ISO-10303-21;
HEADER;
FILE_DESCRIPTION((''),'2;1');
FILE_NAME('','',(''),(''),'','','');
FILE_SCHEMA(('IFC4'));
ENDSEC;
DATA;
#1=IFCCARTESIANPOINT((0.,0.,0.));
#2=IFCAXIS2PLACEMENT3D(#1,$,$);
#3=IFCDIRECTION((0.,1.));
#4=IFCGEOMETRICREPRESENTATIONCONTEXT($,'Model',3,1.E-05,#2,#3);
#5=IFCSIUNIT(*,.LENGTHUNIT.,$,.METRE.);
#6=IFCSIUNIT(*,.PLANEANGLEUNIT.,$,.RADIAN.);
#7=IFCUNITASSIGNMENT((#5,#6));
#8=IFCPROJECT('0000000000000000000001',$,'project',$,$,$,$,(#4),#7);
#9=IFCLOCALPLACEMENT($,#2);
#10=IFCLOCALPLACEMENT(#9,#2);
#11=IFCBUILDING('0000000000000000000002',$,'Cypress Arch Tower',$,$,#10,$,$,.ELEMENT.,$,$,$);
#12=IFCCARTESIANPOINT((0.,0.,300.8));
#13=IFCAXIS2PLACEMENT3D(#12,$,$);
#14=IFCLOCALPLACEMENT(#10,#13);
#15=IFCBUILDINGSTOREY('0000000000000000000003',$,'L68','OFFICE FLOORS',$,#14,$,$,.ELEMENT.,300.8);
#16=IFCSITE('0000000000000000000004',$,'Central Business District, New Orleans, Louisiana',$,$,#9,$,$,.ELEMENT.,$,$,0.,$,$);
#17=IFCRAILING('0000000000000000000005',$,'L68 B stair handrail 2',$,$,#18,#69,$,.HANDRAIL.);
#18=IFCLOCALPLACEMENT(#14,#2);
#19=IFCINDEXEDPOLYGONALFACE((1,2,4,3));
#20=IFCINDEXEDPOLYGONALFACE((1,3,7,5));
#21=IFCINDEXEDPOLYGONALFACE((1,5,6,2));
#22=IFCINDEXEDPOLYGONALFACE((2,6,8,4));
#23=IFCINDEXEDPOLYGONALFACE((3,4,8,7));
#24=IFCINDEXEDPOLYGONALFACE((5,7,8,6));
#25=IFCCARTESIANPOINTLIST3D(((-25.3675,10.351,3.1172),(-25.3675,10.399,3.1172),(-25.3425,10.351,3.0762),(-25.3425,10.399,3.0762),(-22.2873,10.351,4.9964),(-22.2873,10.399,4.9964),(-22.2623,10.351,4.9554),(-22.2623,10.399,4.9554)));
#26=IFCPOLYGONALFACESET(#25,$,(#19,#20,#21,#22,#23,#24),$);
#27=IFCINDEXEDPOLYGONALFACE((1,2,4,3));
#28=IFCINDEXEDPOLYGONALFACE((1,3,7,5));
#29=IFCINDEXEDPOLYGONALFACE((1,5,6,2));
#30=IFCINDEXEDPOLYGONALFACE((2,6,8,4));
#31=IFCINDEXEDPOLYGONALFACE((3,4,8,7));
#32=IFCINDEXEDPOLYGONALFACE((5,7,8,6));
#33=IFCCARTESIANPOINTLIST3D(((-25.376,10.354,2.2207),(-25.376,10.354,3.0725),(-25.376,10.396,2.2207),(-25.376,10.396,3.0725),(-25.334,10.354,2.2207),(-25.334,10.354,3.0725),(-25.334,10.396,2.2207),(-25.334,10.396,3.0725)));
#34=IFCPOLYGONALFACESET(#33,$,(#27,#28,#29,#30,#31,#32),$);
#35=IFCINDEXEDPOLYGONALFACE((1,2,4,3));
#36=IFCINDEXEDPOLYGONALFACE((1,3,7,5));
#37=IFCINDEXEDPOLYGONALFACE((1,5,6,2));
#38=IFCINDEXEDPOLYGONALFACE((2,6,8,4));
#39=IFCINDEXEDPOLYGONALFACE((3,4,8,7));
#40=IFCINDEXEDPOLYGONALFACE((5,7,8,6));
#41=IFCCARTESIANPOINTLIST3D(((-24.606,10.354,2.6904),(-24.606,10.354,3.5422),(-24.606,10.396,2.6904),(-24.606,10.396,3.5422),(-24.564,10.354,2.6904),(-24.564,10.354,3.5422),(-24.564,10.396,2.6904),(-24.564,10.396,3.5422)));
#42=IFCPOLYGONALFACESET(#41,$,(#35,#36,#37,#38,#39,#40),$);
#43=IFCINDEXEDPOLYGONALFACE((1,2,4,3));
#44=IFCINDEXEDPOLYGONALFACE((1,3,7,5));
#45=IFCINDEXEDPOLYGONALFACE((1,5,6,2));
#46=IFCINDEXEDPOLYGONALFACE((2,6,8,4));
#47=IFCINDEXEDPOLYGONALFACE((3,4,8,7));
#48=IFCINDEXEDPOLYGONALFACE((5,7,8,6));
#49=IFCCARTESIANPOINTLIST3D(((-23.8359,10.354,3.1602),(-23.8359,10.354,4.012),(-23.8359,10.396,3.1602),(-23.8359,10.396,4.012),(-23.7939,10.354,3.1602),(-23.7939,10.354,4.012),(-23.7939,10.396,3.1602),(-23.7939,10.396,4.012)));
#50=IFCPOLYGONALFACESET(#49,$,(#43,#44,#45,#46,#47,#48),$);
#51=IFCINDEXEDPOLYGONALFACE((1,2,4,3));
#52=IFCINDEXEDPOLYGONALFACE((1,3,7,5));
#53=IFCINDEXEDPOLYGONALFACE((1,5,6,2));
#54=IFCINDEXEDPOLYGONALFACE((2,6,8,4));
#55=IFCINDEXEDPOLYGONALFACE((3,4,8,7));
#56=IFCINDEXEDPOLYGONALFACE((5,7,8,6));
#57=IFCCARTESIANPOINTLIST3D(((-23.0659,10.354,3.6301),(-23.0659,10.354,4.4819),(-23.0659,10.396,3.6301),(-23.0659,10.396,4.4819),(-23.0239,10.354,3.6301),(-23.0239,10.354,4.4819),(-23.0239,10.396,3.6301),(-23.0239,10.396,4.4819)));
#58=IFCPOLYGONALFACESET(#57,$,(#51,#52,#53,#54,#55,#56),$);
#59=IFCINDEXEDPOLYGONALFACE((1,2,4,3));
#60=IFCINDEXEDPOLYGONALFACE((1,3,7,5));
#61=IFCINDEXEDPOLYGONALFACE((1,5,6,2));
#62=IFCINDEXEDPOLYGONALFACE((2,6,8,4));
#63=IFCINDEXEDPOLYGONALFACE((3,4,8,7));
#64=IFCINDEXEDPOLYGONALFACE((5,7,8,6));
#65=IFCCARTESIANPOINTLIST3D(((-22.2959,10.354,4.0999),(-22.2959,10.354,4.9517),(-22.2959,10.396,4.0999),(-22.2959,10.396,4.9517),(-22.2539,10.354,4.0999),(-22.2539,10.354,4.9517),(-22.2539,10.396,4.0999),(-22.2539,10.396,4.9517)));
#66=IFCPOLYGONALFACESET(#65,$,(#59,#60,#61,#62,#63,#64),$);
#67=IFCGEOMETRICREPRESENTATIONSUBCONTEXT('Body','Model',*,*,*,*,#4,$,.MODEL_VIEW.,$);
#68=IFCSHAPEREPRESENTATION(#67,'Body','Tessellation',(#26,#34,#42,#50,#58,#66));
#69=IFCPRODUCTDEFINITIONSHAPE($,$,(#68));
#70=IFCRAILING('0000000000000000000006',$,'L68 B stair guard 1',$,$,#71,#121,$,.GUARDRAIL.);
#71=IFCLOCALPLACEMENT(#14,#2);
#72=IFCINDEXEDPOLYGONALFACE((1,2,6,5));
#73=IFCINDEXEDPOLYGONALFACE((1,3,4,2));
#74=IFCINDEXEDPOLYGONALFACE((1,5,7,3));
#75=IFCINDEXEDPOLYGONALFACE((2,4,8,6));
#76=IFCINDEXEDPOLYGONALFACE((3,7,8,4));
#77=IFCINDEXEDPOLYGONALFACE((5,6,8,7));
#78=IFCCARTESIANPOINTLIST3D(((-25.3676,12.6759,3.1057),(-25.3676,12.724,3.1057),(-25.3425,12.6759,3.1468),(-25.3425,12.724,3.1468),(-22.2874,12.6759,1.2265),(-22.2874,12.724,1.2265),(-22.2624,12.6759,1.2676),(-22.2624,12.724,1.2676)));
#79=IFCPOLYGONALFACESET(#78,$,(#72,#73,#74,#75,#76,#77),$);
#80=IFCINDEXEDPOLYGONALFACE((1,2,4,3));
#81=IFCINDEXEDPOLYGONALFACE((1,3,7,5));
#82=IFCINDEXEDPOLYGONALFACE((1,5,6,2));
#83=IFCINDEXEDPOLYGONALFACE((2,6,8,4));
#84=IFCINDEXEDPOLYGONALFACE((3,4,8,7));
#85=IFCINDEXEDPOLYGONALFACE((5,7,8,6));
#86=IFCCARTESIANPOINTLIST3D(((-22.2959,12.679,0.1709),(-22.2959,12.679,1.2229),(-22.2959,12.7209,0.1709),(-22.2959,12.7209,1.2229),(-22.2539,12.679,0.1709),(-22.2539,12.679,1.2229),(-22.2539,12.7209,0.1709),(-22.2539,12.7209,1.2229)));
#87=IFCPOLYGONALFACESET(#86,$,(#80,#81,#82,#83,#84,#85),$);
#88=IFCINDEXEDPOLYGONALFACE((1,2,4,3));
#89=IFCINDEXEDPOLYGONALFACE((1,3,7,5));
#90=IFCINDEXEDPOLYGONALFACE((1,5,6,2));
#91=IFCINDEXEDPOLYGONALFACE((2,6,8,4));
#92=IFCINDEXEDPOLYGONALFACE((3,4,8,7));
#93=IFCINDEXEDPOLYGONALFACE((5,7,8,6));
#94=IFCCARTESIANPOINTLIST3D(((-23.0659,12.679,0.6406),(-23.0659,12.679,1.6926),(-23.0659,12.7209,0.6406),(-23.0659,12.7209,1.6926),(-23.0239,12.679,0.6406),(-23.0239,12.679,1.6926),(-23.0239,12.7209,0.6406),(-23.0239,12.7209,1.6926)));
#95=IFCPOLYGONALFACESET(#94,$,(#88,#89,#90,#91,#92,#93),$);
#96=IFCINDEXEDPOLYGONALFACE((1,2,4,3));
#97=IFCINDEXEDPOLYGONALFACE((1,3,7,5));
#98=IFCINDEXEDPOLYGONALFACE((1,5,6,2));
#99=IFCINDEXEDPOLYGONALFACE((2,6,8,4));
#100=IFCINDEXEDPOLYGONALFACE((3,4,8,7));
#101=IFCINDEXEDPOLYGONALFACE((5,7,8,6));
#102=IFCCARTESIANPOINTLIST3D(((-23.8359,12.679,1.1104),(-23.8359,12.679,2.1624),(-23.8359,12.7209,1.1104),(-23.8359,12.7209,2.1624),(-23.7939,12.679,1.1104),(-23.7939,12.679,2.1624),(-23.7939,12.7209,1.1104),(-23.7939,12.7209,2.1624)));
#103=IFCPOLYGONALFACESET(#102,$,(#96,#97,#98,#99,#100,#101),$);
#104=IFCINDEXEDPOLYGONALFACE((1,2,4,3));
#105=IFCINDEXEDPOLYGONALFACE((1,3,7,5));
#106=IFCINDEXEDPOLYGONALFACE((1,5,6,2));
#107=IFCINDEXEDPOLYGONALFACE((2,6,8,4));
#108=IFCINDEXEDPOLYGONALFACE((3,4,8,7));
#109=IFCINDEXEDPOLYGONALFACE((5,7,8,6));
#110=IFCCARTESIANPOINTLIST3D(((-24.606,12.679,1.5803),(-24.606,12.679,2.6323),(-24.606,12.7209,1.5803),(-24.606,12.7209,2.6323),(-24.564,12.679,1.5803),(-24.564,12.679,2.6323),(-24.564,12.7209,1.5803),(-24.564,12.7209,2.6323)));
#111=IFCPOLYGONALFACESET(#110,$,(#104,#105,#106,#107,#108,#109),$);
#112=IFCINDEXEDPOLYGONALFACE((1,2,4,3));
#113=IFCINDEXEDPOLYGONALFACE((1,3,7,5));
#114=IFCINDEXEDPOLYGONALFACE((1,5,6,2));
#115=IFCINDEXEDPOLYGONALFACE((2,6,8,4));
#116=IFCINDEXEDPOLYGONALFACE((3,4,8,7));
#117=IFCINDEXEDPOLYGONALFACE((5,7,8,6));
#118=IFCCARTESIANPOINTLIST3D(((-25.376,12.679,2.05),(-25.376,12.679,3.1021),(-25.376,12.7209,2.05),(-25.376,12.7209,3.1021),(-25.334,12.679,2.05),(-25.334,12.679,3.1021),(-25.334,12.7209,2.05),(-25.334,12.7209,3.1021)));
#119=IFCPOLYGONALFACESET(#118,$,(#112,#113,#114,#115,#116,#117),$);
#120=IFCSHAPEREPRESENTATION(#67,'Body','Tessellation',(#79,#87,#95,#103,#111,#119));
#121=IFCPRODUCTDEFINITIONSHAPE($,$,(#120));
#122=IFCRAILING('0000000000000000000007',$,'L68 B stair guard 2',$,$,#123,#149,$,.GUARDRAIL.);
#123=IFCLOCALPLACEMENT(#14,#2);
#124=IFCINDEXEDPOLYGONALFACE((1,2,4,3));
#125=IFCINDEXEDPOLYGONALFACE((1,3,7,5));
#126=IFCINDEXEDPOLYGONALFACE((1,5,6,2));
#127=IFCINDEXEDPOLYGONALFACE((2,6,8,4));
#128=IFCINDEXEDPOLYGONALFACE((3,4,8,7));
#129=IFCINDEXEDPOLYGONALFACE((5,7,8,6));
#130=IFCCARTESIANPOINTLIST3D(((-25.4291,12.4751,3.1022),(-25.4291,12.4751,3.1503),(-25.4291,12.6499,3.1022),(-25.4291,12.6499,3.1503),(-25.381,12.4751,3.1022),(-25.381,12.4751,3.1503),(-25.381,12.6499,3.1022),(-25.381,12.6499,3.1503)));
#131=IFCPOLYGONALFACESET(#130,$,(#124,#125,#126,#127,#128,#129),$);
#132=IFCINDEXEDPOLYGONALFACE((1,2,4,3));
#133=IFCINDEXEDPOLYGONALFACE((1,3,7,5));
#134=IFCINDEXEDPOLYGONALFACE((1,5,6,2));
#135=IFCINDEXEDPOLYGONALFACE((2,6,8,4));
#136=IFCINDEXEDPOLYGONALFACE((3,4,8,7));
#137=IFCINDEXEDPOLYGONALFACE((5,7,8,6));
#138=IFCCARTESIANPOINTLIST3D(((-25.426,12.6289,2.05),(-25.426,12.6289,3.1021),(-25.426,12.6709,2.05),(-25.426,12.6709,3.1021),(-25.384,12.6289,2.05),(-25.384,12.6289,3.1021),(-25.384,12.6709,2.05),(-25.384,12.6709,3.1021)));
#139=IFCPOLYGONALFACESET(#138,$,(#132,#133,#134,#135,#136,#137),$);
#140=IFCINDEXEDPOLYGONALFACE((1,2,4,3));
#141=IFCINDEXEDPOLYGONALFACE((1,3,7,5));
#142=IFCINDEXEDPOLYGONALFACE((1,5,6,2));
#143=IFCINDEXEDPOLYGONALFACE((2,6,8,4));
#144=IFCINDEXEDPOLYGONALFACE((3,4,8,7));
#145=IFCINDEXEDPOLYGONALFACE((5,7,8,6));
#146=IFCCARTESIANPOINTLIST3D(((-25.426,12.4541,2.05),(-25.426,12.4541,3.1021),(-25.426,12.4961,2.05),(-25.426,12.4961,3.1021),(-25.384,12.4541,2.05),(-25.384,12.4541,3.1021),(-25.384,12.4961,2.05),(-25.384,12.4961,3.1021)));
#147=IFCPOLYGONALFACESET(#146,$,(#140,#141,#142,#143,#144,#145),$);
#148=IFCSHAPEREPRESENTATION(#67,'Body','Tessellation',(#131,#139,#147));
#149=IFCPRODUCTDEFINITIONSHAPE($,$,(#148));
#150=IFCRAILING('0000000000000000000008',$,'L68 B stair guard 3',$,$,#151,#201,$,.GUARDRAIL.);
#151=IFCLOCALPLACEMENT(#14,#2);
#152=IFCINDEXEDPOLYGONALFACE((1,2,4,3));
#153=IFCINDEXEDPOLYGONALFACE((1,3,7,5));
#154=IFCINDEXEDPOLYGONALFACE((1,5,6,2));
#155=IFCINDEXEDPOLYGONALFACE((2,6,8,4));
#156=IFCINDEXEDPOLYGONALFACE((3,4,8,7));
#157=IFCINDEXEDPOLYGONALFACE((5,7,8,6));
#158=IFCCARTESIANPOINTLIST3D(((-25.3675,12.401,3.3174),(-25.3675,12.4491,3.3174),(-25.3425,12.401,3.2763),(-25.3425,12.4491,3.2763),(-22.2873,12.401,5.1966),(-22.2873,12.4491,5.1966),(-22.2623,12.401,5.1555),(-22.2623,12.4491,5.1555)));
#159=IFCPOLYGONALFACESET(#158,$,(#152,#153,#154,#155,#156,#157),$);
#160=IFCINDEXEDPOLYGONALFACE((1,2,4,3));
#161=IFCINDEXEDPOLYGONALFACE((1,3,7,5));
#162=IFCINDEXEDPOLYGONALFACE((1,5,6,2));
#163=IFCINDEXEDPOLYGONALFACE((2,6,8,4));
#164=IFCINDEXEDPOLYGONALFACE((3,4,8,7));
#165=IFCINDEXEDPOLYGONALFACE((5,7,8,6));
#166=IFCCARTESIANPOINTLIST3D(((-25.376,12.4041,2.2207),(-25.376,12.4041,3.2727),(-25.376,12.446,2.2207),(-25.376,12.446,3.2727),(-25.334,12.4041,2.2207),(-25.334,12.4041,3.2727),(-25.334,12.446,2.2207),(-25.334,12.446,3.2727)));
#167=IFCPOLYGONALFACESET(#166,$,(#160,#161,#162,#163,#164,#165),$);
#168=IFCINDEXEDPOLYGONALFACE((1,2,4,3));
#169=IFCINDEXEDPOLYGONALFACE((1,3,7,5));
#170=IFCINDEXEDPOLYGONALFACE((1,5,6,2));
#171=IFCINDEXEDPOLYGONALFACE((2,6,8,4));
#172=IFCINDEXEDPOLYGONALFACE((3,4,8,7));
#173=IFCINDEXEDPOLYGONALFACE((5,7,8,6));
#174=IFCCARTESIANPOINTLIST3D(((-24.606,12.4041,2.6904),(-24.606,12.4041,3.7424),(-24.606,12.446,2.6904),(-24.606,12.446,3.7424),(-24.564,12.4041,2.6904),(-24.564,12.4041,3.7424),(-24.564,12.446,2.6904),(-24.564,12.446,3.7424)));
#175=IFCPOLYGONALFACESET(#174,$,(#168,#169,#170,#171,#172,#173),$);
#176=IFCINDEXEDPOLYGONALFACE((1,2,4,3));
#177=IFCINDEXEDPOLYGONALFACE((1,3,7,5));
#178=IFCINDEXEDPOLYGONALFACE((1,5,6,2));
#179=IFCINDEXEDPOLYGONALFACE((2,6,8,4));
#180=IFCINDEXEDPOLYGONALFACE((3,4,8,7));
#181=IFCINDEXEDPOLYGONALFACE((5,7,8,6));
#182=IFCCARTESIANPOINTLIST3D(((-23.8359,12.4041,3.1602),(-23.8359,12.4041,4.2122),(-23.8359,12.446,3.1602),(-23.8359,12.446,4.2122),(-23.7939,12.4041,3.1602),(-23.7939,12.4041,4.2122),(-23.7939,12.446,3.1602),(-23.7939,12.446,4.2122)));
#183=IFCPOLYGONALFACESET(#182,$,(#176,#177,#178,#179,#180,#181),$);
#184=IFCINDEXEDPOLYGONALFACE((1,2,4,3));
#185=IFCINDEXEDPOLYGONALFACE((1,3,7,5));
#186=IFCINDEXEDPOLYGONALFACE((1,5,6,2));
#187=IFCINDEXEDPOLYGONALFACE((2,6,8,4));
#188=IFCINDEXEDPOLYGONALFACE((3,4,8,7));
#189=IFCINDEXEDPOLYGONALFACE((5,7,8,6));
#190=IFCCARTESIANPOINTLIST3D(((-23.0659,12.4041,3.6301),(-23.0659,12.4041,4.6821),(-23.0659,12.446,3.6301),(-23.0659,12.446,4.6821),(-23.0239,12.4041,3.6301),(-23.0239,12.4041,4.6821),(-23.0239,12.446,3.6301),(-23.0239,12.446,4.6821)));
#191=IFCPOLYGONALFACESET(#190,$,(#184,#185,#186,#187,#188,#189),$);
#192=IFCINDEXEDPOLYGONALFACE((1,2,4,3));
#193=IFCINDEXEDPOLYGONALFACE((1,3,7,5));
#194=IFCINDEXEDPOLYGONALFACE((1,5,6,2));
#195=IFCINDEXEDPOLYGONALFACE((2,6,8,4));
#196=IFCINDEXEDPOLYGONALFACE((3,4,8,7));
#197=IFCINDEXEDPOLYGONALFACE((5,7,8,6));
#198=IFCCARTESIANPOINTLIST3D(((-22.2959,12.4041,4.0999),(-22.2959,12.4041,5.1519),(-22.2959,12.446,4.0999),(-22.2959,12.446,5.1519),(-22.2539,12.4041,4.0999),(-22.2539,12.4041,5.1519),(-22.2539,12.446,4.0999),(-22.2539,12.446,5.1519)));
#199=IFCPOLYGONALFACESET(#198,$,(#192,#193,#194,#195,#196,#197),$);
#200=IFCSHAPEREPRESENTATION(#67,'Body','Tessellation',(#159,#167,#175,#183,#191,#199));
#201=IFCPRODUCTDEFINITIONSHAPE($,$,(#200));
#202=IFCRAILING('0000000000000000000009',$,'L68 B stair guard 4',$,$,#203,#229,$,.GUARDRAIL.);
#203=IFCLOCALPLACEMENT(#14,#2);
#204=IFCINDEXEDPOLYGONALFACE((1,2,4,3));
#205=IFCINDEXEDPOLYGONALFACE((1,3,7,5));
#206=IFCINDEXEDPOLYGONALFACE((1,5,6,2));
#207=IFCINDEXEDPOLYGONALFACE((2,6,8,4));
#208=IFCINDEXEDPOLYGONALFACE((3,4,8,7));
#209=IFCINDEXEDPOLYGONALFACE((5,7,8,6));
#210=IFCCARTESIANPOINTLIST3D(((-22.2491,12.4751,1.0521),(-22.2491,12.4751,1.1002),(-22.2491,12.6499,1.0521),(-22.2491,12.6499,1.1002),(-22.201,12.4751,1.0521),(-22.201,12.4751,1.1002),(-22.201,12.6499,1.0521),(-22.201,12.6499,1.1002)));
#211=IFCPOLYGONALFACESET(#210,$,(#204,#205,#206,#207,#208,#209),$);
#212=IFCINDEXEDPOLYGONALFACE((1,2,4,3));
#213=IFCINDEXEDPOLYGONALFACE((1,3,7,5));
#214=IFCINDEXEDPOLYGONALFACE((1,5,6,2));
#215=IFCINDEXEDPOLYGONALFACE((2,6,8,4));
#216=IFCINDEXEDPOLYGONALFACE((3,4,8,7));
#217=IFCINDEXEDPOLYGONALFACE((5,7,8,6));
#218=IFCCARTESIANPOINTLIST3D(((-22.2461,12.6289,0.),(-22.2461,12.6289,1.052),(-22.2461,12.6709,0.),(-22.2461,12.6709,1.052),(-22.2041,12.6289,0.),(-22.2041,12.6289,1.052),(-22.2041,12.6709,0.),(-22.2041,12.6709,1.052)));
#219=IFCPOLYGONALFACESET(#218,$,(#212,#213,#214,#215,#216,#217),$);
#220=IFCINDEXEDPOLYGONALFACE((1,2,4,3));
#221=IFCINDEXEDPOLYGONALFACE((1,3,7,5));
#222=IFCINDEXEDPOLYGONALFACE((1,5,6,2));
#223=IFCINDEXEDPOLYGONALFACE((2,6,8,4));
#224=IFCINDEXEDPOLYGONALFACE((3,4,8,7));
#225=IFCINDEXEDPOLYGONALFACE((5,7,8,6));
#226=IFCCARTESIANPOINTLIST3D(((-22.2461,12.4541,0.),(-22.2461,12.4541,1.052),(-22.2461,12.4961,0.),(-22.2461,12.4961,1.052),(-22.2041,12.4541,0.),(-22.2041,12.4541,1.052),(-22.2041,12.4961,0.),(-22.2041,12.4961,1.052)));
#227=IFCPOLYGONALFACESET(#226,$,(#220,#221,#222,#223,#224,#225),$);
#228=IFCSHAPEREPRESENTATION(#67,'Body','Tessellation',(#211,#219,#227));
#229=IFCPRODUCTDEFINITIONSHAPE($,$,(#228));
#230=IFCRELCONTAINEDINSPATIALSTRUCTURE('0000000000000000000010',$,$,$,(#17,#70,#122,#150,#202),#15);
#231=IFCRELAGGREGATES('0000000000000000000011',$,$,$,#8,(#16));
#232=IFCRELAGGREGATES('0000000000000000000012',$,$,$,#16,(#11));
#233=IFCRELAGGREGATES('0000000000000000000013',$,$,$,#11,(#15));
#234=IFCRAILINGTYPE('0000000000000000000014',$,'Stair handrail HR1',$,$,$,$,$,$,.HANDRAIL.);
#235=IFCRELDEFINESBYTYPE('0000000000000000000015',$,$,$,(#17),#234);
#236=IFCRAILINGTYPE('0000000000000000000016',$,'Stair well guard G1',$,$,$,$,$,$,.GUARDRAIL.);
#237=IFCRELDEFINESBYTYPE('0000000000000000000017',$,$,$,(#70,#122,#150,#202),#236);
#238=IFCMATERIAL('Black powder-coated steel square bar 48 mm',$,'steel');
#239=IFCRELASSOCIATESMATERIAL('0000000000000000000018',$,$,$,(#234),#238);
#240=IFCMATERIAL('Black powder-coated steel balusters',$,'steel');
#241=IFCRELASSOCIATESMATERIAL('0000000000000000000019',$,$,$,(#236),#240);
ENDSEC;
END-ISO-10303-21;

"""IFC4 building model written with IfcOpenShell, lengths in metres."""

from ifc_helpers import new_model, si_unit, direction, frame, origin, origin_2d, place, context, subcontext, project, spatial, rectangle, extrude, material, type_object, element, save


model = new_model("IFC4")

# Units and contexts
model_context = context("Model", 3, precision=1e-05, world=origin(), true_north=direction((0.0, 1.0)))
body_context = subcontext(model_context, "Body", "Model", "MODEL_VIEW")
ifc_project = project(units=[si_unit("LENGTHUNIT", "METRE"), si_unit("PLANEANGLEUNIT", "RADIAN")], contexts=[model_context])

# Site, building, storey
site_placement = place(None, origin())
site = spatial("IfcSite", under=ifc_project, at=site_placement, Name="Central Business District, New Orleans, Louisiana", CompositionType="ELEMENT", RefElevation=0.0)
building_placement = place(site_placement, origin())
building = spatial("IfcBuilding", under=site, at=building_placement, Name="Cypress Arch Tower", CompositionType="ELEMENT")
storey_placement = place(building_placement, frame((0.0, 0.0, 300.8)))
storey = spatial("IfcBuildingStorey", under=building, at=storey_placement, Name="L68", Description="OFFICE FLOORS", CompositionType="ELEMENT", Elevation=300.8)

# Railings
ifc_material_1 = material(Name="Black powder-coated steel square bar 48 mm", Category="steel")
railing_type_1 = type_object("IfcRailingType", Name="Stair handrail HR1", PredefinedType="HANDRAIL", material=ifc_material_1)
railing_1_placement = place(storey_placement, frame((-25.355, 10.375, 2.2207)))
element("IfcRailing", 1, at=railing_1_placement, inside=storey, type_object=railing_type_1, Name="L68 B stair handrail 2", PredefinedType="HANDRAIL", context=body_context, shape_type="SweptSolid", body=[
    extrude(rectangle(XDim=0.0481, YDim=0.0481, at=origin_2d()), frame((0.0, 0.0, 0.876), z_axis=(0.853666, 0.0, 0.52082), x_axis=(0.0, 1.0, 0.0)), (0.0, 0.0, 1.0), 3.6082),
    extrude(rectangle(XDim=0.042, YDim=0.042, at=origin_2d()), origin(), (0.0, 0.0, 1.0), 0.8518),
    extrude(rectangle(XDim=0.042, YDim=0.042, at=origin_2d()), frame((0.77, 0.0, 0.4697)), (0.0, 0.0, 1.0), 0.8518),
    extrude(rectangle(XDim=0.042, YDim=0.042, at=origin_2d()), frame((1.54, 0.0, 0.9395)), (0.0, 0.0, 1.0), 0.8518),
    extrude(rectangle(XDim=0.042, YDim=0.042, at=origin_2d()), frame((2.3101, 0.0, 1.4094)), (0.0, 0.0, 1.0), 0.8518),
    extrude(rectangle(XDim=0.042, YDim=0.042, at=origin_2d()), frame((3.0801, 0.0, 1.8792)), (0.0, 0.0, 1.0), 0.8518),
])
ifc_material_2 = material(Name="Black powder-coated steel balusters", Category="steel")
railing_type_2 = type_object("IfcRailingType", Name="Stair well guard G1", PredefinedType="GUARDRAIL", material=ifc_material_2)
railing_2_placement = place(storey_placement, frame((-22.2749, 12.7, 0.1709)))
element("IfcRailing", 2, at=railing_2_placement, inside=storey, type_object=railing_type_2, Name="L68 B stair guard 1", PredefinedType="GUARDRAIL", context=body_context, shape_type="SweptSolid", body=[
    extrude(rectangle(XDim=0.0481, YDim=0.0481, at=origin_2d()), frame((0.0, 0.0, 1.0762), z_axis=(-0.853666, 0.0, 0.52082), x_axis=(0.0, -1.0, 0.0)), (0.0, 0.0, 1.0), 3.6082),
    extrude(rectangle(XDim=0.042, YDim=0.042, at=origin_2d()), origin(), (0.0, 0.0, 1.0), 1.052),
    extrude(rectangle(XDim=0.042, YDim=0.042, at=origin_2d()), frame((-0.77, 0.0, 0.4697)), (0.0, 0.0, 1.0), 1.052),
    extrude(rectangle(XDim=0.042, YDim=0.042, at=origin_2d()), frame((-1.54, 0.0, 0.9395)), (0.0, 0.0, 1.0), 1.052),
    extrude(rectangle(XDim=0.042, YDim=0.042, at=origin_2d()), frame((-2.3101, 0.0, 1.4094)), (0.0, 0.0, 1.0), 1.052),
    extrude(rectangle(XDim=0.042, YDim=0.042, at=origin_2d()), frame((-3.0801, 0.0, 1.8792)), (0.0, 0.0, 1.0), 1.052),
])
railing_3_placement = place(storey_placement, frame((-25.405, 12.6499, 2.05)))
element("IfcRailing", 3, at=railing_3_placement, inside=storey, type_object=railing_type_2, Name="L68 B stair guard 2", PredefinedType="GUARDRAIL", context=body_context, shape_type="SweptSolid", body=[
    extrude(rectangle(XDim=0.0481, YDim=0.0481, at=origin_2d()), frame((0.0, 0.0, 1.0762), z_axis=(0.0, -1.0, 0.0), x_axis=(1.0, 0.0, 0.0)), (0.0, 0.0, 1.0), 0.1748),
    extrude(rectangle(XDim=0.042, YDim=0.042, at=origin_2d()), origin(), (0.0, 0.0, 1.0), 1.052),
    extrude(rectangle(XDim=0.042, YDim=0.042, at=origin_2d()), frame((0.0, -0.1748, 0.0)), (0.0, 0.0, 1.0), 1.052),
])
railing_4_placement = place(storey_placement, frame((-25.355, 12.425, 2.2207)))
element("IfcRailing", 4, at=railing_4_placement, inside=storey, type_object=railing_type_2, Name="L68 B stair guard 3", PredefinedType="GUARDRAIL", context=body_context, shape_type="SweptSolid", body=[
    extrude(rectangle(XDim=0.0481, YDim=0.0481, at=origin_2d()), frame((0.0, 0.0, 1.0762), z_axis=(0.853666, 0.0, 0.52082), x_axis=(0.0, 1.0, 0.0)), (0.0, 0.0, 1.0), 3.6082),
    extrude(rectangle(XDim=0.042, YDim=0.042, at=origin_2d()), origin(), (0.0, 0.0, 1.0), 1.052),
    extrude(rectangle(XDim=0.042, YDim=0.042, at=origin_2d()), frame((0.77, 0.0, 0.4697)), (0.0, 0.0, 1.0), 1.052),
    extrude(rectangle(XDim=0.042, YDim=0.042, at=origin_2d()), frame((1.54, 0.0, 0.9395)), (0.0, 0.0, 1.0), 1.052),
    extrude(rectangle(XDim=0.042, YDim=0.042, at=origin_2d()), frame((2.3101, 0.0, 1.4094)), (0.0, 0.0, 1.0), 1.052),
    extrude(rectangle(XDim=0.042, YDim=0.042, at=origin_2d()), frame((3.0801, 0.0, 1.8792)), (0.0, 0.0, 1.0), 1.052),
])
railing_5_placement = place(storey_placement, frame((-22.2251, 12.6499, 0.0)))
element("IfcRailing", 5, at=railing_5_placement, inside=storey, type_object=railing_type_2, Name="L68 B stair guard 4", PredefinedType="GUARDRAIL", context=body_context, shape_type="SweptSolid", body=[
    extrude(rectangle(XDim=0.0481, YDim=0.0481, at=origin_2d()), frame((0.0, 0.0, 1.0762), z_axis=(0.0, -1.0, 0.0), x_axis=(1.0, 0.0, 0.0)), (0.0, 0.0, 1.0), 0.1748),
    extrude(rectangle(XDim=0.042, YDim=0.042, at=origin_2d()), origin(), (0.0, 0.0, 1.0), 1.052),
    extrude(rectangle(XDim=0.042, YDim=0.042, at=origin_2d()), frame((0.0, -0.1748, 0.0)), (0.0, 0.0, 1.0), 1.052),
])

save(model, "model.ifc")
